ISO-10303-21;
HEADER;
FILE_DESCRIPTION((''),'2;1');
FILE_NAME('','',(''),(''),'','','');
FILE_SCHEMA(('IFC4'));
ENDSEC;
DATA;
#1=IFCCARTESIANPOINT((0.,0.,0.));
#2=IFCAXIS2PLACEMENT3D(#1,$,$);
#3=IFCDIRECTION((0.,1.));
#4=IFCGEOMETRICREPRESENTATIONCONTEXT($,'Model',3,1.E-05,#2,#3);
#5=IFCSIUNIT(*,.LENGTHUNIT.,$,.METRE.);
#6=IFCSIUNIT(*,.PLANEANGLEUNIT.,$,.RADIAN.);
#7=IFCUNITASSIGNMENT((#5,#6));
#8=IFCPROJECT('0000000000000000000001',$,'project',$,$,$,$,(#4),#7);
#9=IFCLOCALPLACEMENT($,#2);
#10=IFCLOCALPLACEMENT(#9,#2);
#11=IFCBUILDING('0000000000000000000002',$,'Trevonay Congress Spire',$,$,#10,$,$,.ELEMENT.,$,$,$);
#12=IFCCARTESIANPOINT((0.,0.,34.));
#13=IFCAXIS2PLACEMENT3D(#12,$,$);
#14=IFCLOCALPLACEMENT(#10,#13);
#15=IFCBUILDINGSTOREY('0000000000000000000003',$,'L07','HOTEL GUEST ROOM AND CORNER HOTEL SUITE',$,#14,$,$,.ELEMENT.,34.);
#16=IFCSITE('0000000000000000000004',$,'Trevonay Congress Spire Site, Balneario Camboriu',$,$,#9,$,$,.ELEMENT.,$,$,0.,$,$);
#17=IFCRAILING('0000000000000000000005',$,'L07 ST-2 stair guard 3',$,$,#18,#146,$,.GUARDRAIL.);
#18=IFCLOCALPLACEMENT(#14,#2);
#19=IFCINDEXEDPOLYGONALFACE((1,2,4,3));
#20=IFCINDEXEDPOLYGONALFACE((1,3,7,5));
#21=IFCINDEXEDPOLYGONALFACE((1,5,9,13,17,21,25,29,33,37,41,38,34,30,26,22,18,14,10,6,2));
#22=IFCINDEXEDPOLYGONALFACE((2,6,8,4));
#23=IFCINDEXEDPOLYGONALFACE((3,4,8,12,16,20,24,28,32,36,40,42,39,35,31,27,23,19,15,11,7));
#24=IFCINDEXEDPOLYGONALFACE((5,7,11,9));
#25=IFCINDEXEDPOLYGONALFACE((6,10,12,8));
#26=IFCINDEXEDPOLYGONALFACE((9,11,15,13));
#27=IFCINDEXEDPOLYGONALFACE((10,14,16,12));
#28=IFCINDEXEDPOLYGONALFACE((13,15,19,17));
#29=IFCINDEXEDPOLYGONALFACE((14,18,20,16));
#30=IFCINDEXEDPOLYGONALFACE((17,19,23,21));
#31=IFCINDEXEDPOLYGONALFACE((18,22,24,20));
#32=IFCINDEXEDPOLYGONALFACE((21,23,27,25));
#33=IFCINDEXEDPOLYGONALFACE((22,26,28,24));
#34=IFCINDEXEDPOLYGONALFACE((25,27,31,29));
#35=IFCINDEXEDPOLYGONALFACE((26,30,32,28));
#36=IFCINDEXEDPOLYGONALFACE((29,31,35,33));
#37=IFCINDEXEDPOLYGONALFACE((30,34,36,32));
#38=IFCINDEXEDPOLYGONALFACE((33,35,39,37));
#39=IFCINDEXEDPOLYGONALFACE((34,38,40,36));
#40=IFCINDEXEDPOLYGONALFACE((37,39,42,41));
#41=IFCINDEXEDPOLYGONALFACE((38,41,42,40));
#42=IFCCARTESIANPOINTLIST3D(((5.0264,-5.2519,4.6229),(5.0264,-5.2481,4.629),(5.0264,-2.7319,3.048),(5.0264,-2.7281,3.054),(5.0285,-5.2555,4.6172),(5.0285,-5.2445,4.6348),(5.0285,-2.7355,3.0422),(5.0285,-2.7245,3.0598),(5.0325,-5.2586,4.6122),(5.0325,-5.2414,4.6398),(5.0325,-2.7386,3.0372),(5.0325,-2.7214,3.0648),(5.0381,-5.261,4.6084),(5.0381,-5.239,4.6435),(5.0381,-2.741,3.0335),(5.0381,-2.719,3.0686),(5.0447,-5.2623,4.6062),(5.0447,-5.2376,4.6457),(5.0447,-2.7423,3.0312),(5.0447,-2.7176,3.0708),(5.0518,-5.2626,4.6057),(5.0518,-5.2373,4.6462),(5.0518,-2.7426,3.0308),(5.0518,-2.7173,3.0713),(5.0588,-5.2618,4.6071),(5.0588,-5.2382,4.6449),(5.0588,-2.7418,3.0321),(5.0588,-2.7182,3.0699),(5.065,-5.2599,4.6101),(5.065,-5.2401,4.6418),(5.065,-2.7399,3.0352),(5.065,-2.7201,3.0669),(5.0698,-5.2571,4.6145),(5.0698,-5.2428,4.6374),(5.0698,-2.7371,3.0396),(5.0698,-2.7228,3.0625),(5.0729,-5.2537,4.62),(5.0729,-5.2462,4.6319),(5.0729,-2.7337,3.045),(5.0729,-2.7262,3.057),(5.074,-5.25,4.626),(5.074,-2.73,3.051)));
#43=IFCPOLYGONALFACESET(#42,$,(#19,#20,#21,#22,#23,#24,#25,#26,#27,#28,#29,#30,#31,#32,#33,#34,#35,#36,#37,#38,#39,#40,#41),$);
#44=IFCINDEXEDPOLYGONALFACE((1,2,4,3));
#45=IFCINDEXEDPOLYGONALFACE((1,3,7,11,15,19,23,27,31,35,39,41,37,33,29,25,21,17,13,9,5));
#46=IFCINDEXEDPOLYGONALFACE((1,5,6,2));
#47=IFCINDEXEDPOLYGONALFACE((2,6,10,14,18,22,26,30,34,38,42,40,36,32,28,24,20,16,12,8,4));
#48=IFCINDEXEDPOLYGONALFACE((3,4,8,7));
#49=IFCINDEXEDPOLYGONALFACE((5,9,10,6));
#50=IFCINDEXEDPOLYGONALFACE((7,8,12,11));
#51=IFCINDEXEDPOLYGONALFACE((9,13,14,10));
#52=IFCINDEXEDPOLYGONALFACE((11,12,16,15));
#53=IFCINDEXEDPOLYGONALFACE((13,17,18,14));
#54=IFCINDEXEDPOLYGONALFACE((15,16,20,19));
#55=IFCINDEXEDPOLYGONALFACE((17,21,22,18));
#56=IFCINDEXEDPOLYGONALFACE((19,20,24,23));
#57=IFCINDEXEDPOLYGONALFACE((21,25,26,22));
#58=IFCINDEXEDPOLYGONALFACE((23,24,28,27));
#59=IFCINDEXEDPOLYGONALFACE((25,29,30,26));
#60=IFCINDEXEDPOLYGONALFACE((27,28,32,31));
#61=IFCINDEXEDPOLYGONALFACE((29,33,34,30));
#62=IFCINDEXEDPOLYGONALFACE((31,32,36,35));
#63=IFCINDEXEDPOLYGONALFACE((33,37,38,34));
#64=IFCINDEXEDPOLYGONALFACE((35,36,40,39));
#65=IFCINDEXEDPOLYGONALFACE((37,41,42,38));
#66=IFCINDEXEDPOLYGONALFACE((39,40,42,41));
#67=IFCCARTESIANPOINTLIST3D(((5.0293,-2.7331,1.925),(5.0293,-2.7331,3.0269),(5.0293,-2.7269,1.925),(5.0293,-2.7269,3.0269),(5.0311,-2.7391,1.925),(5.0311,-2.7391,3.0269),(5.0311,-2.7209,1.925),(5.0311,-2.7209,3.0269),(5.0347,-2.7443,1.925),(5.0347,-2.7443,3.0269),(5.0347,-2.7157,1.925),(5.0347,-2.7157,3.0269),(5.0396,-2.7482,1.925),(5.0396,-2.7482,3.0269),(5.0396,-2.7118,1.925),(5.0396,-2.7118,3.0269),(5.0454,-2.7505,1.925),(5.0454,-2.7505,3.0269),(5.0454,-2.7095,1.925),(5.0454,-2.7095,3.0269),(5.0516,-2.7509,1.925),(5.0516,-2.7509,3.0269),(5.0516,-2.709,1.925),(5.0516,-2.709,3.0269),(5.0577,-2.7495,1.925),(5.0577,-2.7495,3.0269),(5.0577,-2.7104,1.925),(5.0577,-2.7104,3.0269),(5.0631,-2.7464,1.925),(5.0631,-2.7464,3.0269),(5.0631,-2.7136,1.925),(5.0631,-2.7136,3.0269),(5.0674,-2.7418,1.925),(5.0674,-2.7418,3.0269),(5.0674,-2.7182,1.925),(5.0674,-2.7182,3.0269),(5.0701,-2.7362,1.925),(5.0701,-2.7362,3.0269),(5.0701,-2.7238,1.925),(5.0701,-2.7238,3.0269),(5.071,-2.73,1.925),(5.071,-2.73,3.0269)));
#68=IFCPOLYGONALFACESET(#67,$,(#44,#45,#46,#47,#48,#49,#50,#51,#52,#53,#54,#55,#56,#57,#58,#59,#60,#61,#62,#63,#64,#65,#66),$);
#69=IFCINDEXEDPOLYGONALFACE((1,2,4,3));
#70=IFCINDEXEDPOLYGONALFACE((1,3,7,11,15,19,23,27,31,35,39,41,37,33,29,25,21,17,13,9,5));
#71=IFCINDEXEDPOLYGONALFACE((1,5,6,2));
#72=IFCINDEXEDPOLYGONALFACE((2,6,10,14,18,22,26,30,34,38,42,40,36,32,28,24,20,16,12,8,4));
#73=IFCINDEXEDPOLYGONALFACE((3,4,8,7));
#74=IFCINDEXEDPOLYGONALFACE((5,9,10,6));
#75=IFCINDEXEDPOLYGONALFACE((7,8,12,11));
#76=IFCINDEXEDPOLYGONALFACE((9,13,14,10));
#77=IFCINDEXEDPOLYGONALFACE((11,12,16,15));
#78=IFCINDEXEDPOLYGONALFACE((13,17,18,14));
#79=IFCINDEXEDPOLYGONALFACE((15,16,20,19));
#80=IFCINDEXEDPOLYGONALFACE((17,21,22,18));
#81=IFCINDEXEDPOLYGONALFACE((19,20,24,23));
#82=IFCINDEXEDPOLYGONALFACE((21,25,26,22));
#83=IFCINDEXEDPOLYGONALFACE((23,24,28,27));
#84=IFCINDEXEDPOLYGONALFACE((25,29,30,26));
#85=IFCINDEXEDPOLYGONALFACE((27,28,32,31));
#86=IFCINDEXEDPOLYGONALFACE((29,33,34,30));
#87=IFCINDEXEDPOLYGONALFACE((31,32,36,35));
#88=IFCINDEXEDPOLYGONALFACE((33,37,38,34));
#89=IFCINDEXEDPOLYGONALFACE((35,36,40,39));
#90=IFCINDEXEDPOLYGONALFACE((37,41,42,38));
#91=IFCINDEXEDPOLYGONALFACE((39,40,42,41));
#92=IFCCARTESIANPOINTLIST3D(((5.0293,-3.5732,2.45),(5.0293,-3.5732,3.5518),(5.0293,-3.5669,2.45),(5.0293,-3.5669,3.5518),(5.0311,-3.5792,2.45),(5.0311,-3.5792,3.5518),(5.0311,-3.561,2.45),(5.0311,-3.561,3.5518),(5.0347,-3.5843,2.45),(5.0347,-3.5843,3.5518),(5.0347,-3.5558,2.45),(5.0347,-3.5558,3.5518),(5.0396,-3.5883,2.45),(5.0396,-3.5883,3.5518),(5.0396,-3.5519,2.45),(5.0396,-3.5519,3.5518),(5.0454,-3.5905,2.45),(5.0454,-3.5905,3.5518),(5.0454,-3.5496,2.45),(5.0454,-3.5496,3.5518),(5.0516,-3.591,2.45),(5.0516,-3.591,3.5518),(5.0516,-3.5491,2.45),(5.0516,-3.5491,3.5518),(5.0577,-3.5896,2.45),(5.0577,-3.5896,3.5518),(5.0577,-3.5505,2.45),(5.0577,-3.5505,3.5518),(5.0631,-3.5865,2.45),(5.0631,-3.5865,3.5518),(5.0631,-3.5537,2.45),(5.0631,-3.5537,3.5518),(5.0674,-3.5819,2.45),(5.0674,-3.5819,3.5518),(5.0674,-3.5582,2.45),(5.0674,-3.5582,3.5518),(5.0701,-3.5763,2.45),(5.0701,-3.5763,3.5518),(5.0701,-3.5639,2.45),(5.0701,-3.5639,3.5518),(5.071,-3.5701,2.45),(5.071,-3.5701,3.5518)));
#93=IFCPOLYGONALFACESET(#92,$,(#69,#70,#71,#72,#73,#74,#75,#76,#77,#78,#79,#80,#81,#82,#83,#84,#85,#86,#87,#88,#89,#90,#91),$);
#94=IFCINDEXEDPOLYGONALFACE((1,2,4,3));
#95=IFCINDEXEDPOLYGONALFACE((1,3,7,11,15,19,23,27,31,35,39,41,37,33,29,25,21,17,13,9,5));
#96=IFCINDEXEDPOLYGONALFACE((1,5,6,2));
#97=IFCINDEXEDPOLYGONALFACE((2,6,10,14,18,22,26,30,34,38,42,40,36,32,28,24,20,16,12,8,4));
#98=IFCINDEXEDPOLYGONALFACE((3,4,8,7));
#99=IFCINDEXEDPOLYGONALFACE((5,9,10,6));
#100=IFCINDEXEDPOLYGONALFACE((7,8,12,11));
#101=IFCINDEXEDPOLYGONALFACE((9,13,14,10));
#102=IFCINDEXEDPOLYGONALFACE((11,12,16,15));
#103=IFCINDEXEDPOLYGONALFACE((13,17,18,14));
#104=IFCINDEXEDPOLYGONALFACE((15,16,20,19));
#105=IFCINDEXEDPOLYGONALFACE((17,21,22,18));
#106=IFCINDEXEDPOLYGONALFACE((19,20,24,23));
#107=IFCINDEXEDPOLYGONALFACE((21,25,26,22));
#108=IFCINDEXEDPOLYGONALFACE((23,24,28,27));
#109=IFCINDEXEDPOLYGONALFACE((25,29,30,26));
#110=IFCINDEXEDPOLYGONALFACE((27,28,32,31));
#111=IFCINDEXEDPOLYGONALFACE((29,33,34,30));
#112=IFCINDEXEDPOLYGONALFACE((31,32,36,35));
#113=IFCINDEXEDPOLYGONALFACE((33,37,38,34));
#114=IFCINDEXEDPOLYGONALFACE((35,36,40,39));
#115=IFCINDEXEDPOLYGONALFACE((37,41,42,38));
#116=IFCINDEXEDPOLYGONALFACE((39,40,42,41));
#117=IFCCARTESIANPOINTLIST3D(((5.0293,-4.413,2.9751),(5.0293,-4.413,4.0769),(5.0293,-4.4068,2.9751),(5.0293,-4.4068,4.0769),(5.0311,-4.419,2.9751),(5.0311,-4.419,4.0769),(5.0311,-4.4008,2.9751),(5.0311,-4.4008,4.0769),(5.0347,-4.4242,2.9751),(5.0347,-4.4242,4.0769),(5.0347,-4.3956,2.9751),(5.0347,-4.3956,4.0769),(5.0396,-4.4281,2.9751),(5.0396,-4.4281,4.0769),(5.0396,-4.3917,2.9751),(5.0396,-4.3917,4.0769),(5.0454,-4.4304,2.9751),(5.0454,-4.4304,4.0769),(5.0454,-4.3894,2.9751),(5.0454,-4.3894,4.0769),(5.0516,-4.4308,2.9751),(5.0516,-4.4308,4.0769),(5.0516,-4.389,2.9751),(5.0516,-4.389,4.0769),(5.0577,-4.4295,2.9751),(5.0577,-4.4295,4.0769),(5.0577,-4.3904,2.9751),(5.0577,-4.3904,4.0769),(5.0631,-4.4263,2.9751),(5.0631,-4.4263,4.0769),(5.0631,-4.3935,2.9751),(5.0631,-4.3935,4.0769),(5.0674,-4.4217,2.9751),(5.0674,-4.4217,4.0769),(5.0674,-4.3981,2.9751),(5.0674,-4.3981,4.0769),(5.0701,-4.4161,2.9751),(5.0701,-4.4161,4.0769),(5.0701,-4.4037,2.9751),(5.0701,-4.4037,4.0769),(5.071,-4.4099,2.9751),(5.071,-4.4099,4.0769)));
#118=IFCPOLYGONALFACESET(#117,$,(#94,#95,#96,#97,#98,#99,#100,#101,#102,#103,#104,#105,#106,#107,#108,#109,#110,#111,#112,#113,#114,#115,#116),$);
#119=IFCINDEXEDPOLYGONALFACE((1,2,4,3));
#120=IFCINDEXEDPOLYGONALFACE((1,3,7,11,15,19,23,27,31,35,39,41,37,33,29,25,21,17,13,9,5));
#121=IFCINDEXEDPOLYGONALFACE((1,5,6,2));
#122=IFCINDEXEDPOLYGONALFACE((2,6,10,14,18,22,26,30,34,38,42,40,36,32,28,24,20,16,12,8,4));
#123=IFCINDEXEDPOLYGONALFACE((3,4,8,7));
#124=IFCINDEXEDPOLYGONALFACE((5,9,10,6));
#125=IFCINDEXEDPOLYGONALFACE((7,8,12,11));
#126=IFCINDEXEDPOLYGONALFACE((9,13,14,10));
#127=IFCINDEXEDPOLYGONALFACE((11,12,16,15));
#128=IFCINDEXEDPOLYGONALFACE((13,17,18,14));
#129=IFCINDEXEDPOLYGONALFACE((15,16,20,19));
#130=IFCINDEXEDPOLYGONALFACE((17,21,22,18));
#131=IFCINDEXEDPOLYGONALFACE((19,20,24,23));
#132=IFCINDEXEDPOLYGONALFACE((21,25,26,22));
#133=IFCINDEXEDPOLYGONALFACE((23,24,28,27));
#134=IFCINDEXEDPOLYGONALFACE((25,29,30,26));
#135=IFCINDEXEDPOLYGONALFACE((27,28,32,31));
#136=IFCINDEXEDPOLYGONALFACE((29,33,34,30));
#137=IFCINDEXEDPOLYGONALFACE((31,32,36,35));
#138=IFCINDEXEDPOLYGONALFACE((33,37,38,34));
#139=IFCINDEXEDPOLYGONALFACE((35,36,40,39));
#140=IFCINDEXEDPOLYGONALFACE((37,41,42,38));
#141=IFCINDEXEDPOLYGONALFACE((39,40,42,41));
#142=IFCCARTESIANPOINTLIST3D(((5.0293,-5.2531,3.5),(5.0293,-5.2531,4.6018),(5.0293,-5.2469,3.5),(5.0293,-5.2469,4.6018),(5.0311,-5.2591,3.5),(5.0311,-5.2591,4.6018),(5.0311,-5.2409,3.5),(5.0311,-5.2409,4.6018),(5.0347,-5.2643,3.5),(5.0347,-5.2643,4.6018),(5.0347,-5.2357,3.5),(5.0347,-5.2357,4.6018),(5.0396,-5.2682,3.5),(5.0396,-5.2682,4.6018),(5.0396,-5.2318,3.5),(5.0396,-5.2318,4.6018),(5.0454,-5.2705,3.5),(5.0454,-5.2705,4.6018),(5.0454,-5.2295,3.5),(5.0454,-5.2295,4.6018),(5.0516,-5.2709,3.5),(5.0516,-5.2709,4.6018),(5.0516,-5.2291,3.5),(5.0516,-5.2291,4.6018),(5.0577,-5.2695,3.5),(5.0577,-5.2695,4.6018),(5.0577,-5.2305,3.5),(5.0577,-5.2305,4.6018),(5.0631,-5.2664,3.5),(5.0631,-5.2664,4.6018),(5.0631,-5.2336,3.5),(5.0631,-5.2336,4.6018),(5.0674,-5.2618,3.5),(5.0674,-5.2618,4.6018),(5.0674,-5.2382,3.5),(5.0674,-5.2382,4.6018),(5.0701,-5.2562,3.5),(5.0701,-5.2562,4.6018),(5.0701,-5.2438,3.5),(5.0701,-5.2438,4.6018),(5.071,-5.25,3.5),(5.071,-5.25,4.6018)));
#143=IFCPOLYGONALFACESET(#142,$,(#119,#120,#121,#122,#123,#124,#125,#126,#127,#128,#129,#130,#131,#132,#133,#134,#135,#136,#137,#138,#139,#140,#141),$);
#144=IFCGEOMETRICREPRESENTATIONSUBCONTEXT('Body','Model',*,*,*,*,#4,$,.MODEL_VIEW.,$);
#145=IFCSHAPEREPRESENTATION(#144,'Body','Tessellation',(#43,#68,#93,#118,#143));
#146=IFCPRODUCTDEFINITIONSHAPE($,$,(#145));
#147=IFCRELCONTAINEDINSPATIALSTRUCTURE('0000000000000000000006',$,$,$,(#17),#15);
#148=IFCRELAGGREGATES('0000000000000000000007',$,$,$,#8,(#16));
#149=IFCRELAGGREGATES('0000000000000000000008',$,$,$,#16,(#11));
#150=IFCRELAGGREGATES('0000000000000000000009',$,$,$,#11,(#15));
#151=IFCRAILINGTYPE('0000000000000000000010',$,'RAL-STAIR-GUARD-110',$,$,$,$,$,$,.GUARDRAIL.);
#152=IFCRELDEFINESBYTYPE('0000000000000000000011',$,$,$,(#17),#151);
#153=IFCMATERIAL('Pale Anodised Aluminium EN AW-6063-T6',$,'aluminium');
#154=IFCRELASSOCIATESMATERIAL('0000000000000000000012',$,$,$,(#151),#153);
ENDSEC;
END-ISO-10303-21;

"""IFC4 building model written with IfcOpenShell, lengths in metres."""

from ifc_helpers import new_model, si_unit, direction, frame, origin, origin_2d, place, context, subcontext, project, spatial, circle, extrude, material, type_object, element, save


model = new_model("IFC4")

# Units and contexts
model_context = context("Model", 3, precision=1e-05, world=origin(), true_north=direction((0.0, 1.0)))
body_context = subcontext(model_context, "Body", "Model", "MODEL_VIEW")
ifc_project = project(units=[si_unit("LENGTHUNIT", "METRE"), si_unit("PLANEANGLEUNIT", "RADIAN")], contexts=[model_context])

# Site, building, storey
site_placement = place(None, origin())
site = spatial("IfcSite", under=ifc_project, at=site_placement, Name="Trevonay Congress Spire Site, Balneario Camboriu", CompositionType="ELEMENT", RefElevation=0.0)
building_placement = place(site_placement, origin())
building = spatial("IfcBuilding", under=site, at=building_placement, Name="Trevonay Congress Spire", CompositionType="ELEMENT")
storey_placement = place(building_placement, frame((0.0, 0.0, 34.0)))
storey = spatial("IfcBuildingStorey", under=building, at=storey_placement, Name="L07", Description="HOTEL GUEST ROOM AND CORNER HOTEL SUITE", CompositionType="ELEMENT", Elevation=34.0)

# Shared definitions
ifc_material_1 = material(Name="Pale Anodised Aluminium EN AW-6063-T6", Category="aluminium")

# Railing
railing_type_1 = type_object("IfcRailingType", Name="RAL-STAIR-GUARD-110", PredefinedType="GUARDRAIL", material=ifc_material_1)
railing_1_placement = place(storey_placement, frame((5.05, -2.73, 1.925)))
element("IfcRailing", 1, at=railing_1_placement, inside=storey, type_object=railing_type_1, Name="L07 ST-2 stair guard 3", PredefinedType="GUARDRAIL", context=body_context, shape_type="SweptSolid", body=[
    extrude(circle(Radius=0.0239, at=origin_2d()), frame((0.0, 0.0, 1.126), z_axis=(0.0, -0.848008, 0.529984), x_axis=(1.0, 0.0, 0.0)), (0.0, 0.0, 1.0), 2.9717),
    extrude(circle(Radius=0.021, at=origin_2d()), origin(), (0.0, 0.0, 1.0), 1.1018),
    extrude(circle(Radius=0.021, at=origin_2d()), frame((0.0, -0.8401, 0.5249)), (0.0, 0.0, 1.0), 1.1018),
    extrude(circle(Radius=0.021, at=origin_2d()), frame((0.0, -1.6799, 1.05)), (0.0, 0.0, 1.0), 1.1018),
    extrude(circle(Radius=0.021, at=origin_2d()), frame((0.0, -2.52, 1.575)), (0.0, 0.0, 1.0), 1.1018),
])

save(model, "model.ifc")
